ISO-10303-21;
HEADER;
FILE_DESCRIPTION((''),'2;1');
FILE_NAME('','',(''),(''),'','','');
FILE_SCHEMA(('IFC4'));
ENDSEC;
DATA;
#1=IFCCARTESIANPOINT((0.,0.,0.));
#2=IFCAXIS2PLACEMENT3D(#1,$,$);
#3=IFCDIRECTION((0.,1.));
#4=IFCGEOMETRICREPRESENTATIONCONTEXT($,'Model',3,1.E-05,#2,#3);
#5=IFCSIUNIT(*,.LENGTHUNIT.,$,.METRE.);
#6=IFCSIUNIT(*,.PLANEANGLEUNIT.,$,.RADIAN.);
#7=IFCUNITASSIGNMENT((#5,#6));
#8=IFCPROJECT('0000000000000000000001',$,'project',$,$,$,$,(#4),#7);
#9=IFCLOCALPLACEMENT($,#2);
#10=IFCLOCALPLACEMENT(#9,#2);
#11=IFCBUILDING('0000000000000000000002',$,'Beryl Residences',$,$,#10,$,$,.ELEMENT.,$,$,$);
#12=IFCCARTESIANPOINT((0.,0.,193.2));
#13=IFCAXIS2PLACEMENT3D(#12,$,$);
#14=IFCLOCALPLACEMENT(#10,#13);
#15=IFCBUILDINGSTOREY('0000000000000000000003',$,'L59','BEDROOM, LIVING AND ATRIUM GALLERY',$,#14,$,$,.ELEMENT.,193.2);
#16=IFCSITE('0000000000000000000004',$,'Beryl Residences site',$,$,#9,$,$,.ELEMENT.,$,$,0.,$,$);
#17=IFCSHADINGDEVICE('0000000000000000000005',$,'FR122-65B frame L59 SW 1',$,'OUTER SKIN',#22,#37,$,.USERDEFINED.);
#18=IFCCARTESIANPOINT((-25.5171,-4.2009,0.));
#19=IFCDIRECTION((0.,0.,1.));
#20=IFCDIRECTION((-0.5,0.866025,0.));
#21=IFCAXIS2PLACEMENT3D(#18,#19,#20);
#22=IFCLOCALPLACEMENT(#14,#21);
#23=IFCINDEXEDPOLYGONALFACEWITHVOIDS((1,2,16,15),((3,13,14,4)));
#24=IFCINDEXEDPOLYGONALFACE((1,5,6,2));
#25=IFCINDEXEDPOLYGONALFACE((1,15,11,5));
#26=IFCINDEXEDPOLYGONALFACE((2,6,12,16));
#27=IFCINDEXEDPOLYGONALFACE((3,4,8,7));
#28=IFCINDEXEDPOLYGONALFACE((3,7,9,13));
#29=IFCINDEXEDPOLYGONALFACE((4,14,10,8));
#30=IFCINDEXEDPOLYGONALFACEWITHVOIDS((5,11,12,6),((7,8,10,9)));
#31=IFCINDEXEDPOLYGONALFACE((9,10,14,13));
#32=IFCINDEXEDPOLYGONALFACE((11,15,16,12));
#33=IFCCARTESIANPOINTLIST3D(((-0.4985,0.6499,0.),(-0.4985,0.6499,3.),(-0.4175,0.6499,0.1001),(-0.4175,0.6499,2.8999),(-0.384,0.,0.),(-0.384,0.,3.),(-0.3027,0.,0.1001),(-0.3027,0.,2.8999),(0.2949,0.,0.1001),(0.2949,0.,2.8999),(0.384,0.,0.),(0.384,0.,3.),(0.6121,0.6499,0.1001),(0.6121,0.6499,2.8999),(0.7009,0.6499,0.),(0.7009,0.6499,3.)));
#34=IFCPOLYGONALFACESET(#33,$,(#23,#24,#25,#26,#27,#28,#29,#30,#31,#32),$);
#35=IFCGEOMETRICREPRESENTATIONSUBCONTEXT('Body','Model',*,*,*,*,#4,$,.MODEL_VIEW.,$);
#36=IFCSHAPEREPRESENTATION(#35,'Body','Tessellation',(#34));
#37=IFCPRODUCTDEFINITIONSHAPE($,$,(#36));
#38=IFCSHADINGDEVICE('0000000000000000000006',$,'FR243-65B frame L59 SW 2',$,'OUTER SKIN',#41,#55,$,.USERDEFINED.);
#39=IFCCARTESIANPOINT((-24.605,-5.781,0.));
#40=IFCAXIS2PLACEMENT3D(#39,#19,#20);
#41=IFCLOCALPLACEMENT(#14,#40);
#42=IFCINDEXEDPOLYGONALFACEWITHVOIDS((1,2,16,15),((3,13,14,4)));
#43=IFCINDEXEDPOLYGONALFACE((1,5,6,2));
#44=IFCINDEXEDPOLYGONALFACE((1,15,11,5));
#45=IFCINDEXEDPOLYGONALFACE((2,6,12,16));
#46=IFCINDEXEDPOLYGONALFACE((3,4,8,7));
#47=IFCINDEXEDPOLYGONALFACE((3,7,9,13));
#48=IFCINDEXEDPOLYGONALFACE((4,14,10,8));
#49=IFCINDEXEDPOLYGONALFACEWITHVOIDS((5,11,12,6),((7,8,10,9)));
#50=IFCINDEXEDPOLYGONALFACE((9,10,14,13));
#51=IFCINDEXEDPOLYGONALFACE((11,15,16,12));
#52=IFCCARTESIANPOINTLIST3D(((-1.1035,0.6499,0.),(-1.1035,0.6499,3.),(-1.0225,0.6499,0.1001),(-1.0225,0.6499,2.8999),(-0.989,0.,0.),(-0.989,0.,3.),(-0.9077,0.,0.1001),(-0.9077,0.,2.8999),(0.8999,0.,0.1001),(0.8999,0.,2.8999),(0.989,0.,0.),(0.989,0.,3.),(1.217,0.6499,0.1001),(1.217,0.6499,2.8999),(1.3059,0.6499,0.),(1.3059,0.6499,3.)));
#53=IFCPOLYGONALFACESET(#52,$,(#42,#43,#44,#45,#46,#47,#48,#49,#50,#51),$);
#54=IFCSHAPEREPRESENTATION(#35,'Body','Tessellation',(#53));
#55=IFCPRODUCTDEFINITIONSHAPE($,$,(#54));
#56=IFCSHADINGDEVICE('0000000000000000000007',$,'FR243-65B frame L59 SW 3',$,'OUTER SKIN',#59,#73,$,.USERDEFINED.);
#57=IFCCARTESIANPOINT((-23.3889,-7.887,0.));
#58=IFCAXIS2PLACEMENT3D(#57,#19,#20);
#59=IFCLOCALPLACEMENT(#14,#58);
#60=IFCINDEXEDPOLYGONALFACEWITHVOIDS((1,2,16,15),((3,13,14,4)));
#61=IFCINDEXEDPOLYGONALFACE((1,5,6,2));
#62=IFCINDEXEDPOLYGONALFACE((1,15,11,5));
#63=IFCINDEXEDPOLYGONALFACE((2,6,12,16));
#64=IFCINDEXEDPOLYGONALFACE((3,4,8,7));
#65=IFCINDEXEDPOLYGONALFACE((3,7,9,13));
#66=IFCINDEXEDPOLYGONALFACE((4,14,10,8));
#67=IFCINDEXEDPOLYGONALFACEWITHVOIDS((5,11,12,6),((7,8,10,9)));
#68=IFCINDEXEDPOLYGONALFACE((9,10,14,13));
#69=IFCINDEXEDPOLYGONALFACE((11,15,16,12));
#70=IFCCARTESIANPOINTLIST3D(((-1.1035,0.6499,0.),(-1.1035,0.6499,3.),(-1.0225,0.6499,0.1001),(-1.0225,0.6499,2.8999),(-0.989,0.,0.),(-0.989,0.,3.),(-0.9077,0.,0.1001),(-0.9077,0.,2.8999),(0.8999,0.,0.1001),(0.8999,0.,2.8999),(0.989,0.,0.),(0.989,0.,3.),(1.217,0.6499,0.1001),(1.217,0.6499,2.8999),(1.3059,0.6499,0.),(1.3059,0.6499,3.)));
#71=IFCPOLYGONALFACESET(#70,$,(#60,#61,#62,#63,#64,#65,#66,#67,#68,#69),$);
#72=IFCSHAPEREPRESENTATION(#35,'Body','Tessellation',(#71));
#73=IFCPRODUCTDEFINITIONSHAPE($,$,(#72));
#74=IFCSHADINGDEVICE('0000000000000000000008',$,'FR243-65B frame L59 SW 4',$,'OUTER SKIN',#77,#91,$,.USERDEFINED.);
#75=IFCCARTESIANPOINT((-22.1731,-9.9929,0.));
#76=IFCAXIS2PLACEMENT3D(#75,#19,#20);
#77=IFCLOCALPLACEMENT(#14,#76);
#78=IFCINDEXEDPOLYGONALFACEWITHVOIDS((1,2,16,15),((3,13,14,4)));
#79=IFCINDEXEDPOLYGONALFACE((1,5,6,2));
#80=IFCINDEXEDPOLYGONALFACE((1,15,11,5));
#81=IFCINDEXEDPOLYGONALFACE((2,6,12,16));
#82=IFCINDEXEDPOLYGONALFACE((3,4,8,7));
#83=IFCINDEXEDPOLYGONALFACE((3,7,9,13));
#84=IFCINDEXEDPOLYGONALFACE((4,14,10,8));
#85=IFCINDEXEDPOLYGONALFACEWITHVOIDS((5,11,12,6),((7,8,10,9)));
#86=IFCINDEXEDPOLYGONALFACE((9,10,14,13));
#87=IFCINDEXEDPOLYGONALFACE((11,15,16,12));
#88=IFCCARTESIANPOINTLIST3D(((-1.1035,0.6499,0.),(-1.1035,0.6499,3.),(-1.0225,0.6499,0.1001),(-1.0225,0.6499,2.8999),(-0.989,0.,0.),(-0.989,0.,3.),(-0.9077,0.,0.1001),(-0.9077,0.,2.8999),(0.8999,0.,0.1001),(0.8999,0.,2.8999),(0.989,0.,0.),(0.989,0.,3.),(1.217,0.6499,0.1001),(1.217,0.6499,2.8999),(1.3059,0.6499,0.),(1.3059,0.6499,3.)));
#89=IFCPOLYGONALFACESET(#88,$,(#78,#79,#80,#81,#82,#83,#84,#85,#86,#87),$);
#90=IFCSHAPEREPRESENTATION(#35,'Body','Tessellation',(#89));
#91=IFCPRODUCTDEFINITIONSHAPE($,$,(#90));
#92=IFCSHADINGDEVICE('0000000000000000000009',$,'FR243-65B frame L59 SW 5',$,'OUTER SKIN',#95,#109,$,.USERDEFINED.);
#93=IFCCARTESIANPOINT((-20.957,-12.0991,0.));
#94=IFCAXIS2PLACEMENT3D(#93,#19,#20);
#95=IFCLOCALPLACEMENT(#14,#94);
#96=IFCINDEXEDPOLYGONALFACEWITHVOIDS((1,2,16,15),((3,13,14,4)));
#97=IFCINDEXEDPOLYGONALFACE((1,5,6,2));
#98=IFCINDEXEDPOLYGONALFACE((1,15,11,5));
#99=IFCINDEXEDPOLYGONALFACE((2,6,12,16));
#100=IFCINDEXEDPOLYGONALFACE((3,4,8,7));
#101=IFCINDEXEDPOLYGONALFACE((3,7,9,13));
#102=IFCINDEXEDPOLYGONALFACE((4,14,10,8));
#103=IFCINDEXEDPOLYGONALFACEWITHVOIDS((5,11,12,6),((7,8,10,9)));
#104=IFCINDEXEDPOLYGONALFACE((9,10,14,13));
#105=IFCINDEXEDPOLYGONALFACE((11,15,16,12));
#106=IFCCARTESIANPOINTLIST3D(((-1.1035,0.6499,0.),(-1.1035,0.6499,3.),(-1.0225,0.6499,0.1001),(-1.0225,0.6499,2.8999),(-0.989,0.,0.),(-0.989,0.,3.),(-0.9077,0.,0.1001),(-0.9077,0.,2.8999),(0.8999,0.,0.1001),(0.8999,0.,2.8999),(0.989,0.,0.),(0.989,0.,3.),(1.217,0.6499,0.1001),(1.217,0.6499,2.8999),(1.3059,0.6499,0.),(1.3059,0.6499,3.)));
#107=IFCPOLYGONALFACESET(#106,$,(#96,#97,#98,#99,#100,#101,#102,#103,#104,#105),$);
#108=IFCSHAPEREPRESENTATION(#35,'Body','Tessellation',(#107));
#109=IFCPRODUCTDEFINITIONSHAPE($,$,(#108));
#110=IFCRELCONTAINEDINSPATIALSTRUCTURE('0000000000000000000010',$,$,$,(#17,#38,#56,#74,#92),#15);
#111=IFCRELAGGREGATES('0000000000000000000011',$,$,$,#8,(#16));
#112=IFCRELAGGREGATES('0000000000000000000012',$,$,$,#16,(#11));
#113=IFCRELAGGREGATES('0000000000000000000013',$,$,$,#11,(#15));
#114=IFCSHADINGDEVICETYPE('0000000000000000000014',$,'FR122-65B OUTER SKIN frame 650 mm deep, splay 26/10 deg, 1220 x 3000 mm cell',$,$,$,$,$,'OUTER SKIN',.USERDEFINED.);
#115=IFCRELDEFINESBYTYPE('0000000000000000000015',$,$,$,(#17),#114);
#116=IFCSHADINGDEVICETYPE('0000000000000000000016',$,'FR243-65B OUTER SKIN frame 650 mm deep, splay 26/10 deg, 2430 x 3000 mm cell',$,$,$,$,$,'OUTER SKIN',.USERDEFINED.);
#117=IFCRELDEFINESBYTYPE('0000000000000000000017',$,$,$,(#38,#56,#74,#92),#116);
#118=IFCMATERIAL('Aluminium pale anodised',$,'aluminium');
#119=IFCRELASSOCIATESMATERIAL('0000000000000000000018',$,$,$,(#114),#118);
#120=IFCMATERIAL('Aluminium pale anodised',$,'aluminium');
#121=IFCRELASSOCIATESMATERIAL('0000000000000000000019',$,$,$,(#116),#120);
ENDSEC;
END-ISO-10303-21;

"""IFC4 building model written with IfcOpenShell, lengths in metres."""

from ifc_helpers import new_model, entity, si_unit, direction, frame, origin, place, context, subcontext, project, spatial, source, transform, mapped, material, type_object, type_shapes, element, save


model = new_model("IFC4")

# Units and contexts
model_context = context("Model", 3, precision=1e-05, world=origin(), true_north=direction((0.0, 1.0)))
body_context = subcontext(model_context, "Body", "Model", "MODEL_VIEW")
ifc_project = project(units=[si_unit("LENGTHUNIT", "METRE"), si_unit("PLANEANGLEUNIT", "RADIAN")], contexts=[model_context])

# Site, building, storey
site_placement = place(None, origin())
site = spatial("IfcSite", under=ifc_project, at=site_placement, Name="Beryl Residences site", CompositionType="ELEMENT", RefElevation=0.0)
building_placement = place(site_placement, origin())
building = spatial("IfcBuilding", under=site, at=building_placement, Name="Beryl Residences", CompositionType="ELEMENT")
storey_placement = place(building_placement, frame((0.0, 0.0, 193.2)))
storey = spatial("IfcBuildingStorey", under=building, at=storey_placement, Name="L59", Description="BEDROOM, LIVING AND ATRIUM GALLERY", CompositionType="ELEMENT", Elevation=193.2)

# Shading devices
ifc_material_1 = material(Name="Aluminium pale anodised", Category="aluminium")
shading_device_type_1 = type_object("IfcShadingDeviceType", Name="FR122-65B OUTER SKIN frame 650 mm deep, splay 26/10 deg, 1220 x 3000 mm cell", ElementType="OUTER SKIN", PredefinedType="USERDEFINED", material=ifc_material_1)
cartesian_point_1 = entity("IfcCartesianPoint", [-0.384, 0.0])
cartesian_point_2 = entity("IfcCartesianPoint", [-0.2949, 0.1001])
cartesian_point_3 = entity("IfcCartesianPoint", [-0.7009, 0.0])
cartesian_point_4 = entity("IfcCartesianPoint", [-0.6121, 0.1001])
shared_shape_1 = source(origin(), body_context, "Body", "SweptSolid", [
    entity("IfcExtrudedAreaSolidTapered", entity("IfcArbitraryProfileDefWithVoids", "AREA", None, entity("IfcPolyline", [cartesian_point_1, entity("IfcCartesianPoint", [0.384, 0.0]), entity("IfcCartesianPoint", [0.384, 3.0]), entity("IfcCartesianPoint", [-0.384, 3.0]), cartesian_point_1]), [entity("IfcPolyline", [cartesian_point_2, entity("IfcCartesianPoint", [0.3027, 0.1001]), entity("IfcCartesianPoint", [0.3027, 2.8999]), entity("IfcCartesianPoint", [-0.2949, 2.8999]), cartesian_point_2])]), entity("IfcAxis2Placement3D", entity("IfcCartesianPoint", [0.0, 0.0, 0.0]), entity("IfcDirection", [0.0, 1.0, 0.0]), entity("IfcDirection", [-1.0, 0.0, 0.0])), entity("IfcDirection", [0.0, 0.0, 1.0]), 0.6499, entity("IfcArbitraryProfileDefWithVoids", "AREA", None, entity("IfcPolyline", [cartesian_point_3, entity("IfcCartesianPoint", [0.4985, 0.0]), entity("IfcCartesianPoint", [0.4985, 3.0]), entity("IfcCartesianPoint", [-0.7009, 3.0]), cartesian_point_3]), [entity("IfcPolyline", [cartesian_point_4, entity("IfcCartesianPoint", [0.4175, 0.1001]), entity("IfcCartesianPoint", [0.4175, 2.8999]), entity("IfcCartesianPoint", [-0.6121, 2.8999]), cartesian_point_4])])),
])
type_shapes(shading_device_type_1, [shared_shape_1])
shading_device_placement = place(storey_placement, frame((-25.5171, -4.2009, 0.0), z_axis=(0.0, 0.0, 1.0), x_axis=(-0.5, 0.866025, 0.0)))
element("IfcShadingDevice", 1, at=shading_device_placement, inside=storey, type_object=shading_device_type_1, Name="FR122-65B frame L59 SW 1", ObjectType="OUTER SKIN", PredefinedType="USERDEFINED", context=body_context, shape_type="MappedRepresentation", body=[
    mapped(shared_shape_1, transform((0.0, 0.0, 0.0))),
])
ifc_material_2 = material(Name="Aluminium pale anodised", Category="aluminium")
shading_device_type_2 = type_object("IfcShadingDeviceType", Name="FR243-65B OUTER SKIN frame 650 mm deep, splay 26/10 deg, 2430 x 3000 mm cell", ElementType="OUTER SKIN", PredefinedType="USERDEFINED", material=ifc_material_2)
cartesian_point_5 = entity("IfcCartesianPoint", [-0.989, 0.0])
cartesian_point_6 = entity("IfcCartesianPoint", [-0.8999, 0.1001])
cartesian_point_7 = entity("IfcCartesianPoint", [-1.3059, 0.0])
cartesian_point_8 = entity("IfcCartesianPoint", [-1.217, 0.1001])
shared_shape_2 = source(origin(), body_context, "Body", "SweptSolid", [
    entity("IfcExtrudedAreaSolidTapered", entity("IfcArbitraryProfileDefWithVoids", "AREA", None, entity("IfcPolyline", [cartesian_point_5, entity("IfcCartesianPoint", [0.989, 0.0]), entity("IfcCartesianPoint", [0.989, 3.0]), entity("IfcCartesianPoint", [-0.989, 3.0]), cartesian_point_5]), [entity("IfcPolyline", [cartesian_point_6, entity("IfcCartesianPoint", [0.9077, 0.1001]), entity("IfcCartesianPoint", [0.9077, 2.8999]), entity("IfcCartesianPoint", [-0.8999, 2.8999]), cartesian_point_6])]), entity("IfcAxis2Placement3D", entity("IfcCartesianPoint", [0.0, 0.0, 0.0]), entity("IfcDirection", [0.0, 1.0, 0.0]), entity("IfcDirection", [-1.0, 0.0, 0.0])), entity("IfcDirection", [0.0, 0.0, 1.0]), 0.6499, entity("IfcArbitraryProfileDefWithVoids", "AREA", None, entity("IfcPolyline", [cartesian_point_7, entity("IfcCartesianPoint", [1.1035, 0.0]), entity("IfcCartesianPoint", [1.1035, 3.0]), entity("IfcCartesianPoint", [-1.3059, 3.0]), cartesian_point_7]), [entity("IfcPolyline", [cartesian_point_8, entity("IfcCartesianPoint", [1.0225, 0.1001]), entity("IfcCartesianPoint", [1.0225, 2.8999]), entity("IfcCartesianPoint", [-1.217, 2.8999]), cartesian_point_8])])),
])
type_shapes(shading_device_type_2, [shared_shape_2])
for number, where, z_axis, x_axis, name in (
    (2, (-24.605, -5.781, 0.0), (0.0, 0.0, 1.0), (-0.5, 0.866025, 0.0), "FR243-65B frame L59 SW 2"),
    (3, (-23.3889, -7.887, 0.0), (0.0, 0.0, 1.0), (-0.5, 0.866025, 0.0), "FR243-65B frame L59 SW 3"),
    (4, (-22.1731, -9.9929, 0.0), (0.0, 0.0, 1.0), (-0.5, 0.866025, 0.0), "FR243-65B frame L59 SW 4"),
    (5, (-20.957, -12.0991, 0.0), (0.0, 0.0, 1.0), (-0.5, 0.866025, 0.0), "FR243-65B frame L59 SW 5"),
):
    element("IfcShadingDevice", number, at=place(storey_placement, frame(where, z_axis=z_axis, x_axis=x_axis)), inside=storey, type_object=shading_device_type_2, Name=name, ObjectType="OUTER SKIN", PredefinedType="USERDEFINED", context=body_context, shape_type="MappedRepresentation", body=[
        mapped(shared_shape_2, transform((0.0, 0.0, 0.0))),
    ])

save(model, "model.ifc")
